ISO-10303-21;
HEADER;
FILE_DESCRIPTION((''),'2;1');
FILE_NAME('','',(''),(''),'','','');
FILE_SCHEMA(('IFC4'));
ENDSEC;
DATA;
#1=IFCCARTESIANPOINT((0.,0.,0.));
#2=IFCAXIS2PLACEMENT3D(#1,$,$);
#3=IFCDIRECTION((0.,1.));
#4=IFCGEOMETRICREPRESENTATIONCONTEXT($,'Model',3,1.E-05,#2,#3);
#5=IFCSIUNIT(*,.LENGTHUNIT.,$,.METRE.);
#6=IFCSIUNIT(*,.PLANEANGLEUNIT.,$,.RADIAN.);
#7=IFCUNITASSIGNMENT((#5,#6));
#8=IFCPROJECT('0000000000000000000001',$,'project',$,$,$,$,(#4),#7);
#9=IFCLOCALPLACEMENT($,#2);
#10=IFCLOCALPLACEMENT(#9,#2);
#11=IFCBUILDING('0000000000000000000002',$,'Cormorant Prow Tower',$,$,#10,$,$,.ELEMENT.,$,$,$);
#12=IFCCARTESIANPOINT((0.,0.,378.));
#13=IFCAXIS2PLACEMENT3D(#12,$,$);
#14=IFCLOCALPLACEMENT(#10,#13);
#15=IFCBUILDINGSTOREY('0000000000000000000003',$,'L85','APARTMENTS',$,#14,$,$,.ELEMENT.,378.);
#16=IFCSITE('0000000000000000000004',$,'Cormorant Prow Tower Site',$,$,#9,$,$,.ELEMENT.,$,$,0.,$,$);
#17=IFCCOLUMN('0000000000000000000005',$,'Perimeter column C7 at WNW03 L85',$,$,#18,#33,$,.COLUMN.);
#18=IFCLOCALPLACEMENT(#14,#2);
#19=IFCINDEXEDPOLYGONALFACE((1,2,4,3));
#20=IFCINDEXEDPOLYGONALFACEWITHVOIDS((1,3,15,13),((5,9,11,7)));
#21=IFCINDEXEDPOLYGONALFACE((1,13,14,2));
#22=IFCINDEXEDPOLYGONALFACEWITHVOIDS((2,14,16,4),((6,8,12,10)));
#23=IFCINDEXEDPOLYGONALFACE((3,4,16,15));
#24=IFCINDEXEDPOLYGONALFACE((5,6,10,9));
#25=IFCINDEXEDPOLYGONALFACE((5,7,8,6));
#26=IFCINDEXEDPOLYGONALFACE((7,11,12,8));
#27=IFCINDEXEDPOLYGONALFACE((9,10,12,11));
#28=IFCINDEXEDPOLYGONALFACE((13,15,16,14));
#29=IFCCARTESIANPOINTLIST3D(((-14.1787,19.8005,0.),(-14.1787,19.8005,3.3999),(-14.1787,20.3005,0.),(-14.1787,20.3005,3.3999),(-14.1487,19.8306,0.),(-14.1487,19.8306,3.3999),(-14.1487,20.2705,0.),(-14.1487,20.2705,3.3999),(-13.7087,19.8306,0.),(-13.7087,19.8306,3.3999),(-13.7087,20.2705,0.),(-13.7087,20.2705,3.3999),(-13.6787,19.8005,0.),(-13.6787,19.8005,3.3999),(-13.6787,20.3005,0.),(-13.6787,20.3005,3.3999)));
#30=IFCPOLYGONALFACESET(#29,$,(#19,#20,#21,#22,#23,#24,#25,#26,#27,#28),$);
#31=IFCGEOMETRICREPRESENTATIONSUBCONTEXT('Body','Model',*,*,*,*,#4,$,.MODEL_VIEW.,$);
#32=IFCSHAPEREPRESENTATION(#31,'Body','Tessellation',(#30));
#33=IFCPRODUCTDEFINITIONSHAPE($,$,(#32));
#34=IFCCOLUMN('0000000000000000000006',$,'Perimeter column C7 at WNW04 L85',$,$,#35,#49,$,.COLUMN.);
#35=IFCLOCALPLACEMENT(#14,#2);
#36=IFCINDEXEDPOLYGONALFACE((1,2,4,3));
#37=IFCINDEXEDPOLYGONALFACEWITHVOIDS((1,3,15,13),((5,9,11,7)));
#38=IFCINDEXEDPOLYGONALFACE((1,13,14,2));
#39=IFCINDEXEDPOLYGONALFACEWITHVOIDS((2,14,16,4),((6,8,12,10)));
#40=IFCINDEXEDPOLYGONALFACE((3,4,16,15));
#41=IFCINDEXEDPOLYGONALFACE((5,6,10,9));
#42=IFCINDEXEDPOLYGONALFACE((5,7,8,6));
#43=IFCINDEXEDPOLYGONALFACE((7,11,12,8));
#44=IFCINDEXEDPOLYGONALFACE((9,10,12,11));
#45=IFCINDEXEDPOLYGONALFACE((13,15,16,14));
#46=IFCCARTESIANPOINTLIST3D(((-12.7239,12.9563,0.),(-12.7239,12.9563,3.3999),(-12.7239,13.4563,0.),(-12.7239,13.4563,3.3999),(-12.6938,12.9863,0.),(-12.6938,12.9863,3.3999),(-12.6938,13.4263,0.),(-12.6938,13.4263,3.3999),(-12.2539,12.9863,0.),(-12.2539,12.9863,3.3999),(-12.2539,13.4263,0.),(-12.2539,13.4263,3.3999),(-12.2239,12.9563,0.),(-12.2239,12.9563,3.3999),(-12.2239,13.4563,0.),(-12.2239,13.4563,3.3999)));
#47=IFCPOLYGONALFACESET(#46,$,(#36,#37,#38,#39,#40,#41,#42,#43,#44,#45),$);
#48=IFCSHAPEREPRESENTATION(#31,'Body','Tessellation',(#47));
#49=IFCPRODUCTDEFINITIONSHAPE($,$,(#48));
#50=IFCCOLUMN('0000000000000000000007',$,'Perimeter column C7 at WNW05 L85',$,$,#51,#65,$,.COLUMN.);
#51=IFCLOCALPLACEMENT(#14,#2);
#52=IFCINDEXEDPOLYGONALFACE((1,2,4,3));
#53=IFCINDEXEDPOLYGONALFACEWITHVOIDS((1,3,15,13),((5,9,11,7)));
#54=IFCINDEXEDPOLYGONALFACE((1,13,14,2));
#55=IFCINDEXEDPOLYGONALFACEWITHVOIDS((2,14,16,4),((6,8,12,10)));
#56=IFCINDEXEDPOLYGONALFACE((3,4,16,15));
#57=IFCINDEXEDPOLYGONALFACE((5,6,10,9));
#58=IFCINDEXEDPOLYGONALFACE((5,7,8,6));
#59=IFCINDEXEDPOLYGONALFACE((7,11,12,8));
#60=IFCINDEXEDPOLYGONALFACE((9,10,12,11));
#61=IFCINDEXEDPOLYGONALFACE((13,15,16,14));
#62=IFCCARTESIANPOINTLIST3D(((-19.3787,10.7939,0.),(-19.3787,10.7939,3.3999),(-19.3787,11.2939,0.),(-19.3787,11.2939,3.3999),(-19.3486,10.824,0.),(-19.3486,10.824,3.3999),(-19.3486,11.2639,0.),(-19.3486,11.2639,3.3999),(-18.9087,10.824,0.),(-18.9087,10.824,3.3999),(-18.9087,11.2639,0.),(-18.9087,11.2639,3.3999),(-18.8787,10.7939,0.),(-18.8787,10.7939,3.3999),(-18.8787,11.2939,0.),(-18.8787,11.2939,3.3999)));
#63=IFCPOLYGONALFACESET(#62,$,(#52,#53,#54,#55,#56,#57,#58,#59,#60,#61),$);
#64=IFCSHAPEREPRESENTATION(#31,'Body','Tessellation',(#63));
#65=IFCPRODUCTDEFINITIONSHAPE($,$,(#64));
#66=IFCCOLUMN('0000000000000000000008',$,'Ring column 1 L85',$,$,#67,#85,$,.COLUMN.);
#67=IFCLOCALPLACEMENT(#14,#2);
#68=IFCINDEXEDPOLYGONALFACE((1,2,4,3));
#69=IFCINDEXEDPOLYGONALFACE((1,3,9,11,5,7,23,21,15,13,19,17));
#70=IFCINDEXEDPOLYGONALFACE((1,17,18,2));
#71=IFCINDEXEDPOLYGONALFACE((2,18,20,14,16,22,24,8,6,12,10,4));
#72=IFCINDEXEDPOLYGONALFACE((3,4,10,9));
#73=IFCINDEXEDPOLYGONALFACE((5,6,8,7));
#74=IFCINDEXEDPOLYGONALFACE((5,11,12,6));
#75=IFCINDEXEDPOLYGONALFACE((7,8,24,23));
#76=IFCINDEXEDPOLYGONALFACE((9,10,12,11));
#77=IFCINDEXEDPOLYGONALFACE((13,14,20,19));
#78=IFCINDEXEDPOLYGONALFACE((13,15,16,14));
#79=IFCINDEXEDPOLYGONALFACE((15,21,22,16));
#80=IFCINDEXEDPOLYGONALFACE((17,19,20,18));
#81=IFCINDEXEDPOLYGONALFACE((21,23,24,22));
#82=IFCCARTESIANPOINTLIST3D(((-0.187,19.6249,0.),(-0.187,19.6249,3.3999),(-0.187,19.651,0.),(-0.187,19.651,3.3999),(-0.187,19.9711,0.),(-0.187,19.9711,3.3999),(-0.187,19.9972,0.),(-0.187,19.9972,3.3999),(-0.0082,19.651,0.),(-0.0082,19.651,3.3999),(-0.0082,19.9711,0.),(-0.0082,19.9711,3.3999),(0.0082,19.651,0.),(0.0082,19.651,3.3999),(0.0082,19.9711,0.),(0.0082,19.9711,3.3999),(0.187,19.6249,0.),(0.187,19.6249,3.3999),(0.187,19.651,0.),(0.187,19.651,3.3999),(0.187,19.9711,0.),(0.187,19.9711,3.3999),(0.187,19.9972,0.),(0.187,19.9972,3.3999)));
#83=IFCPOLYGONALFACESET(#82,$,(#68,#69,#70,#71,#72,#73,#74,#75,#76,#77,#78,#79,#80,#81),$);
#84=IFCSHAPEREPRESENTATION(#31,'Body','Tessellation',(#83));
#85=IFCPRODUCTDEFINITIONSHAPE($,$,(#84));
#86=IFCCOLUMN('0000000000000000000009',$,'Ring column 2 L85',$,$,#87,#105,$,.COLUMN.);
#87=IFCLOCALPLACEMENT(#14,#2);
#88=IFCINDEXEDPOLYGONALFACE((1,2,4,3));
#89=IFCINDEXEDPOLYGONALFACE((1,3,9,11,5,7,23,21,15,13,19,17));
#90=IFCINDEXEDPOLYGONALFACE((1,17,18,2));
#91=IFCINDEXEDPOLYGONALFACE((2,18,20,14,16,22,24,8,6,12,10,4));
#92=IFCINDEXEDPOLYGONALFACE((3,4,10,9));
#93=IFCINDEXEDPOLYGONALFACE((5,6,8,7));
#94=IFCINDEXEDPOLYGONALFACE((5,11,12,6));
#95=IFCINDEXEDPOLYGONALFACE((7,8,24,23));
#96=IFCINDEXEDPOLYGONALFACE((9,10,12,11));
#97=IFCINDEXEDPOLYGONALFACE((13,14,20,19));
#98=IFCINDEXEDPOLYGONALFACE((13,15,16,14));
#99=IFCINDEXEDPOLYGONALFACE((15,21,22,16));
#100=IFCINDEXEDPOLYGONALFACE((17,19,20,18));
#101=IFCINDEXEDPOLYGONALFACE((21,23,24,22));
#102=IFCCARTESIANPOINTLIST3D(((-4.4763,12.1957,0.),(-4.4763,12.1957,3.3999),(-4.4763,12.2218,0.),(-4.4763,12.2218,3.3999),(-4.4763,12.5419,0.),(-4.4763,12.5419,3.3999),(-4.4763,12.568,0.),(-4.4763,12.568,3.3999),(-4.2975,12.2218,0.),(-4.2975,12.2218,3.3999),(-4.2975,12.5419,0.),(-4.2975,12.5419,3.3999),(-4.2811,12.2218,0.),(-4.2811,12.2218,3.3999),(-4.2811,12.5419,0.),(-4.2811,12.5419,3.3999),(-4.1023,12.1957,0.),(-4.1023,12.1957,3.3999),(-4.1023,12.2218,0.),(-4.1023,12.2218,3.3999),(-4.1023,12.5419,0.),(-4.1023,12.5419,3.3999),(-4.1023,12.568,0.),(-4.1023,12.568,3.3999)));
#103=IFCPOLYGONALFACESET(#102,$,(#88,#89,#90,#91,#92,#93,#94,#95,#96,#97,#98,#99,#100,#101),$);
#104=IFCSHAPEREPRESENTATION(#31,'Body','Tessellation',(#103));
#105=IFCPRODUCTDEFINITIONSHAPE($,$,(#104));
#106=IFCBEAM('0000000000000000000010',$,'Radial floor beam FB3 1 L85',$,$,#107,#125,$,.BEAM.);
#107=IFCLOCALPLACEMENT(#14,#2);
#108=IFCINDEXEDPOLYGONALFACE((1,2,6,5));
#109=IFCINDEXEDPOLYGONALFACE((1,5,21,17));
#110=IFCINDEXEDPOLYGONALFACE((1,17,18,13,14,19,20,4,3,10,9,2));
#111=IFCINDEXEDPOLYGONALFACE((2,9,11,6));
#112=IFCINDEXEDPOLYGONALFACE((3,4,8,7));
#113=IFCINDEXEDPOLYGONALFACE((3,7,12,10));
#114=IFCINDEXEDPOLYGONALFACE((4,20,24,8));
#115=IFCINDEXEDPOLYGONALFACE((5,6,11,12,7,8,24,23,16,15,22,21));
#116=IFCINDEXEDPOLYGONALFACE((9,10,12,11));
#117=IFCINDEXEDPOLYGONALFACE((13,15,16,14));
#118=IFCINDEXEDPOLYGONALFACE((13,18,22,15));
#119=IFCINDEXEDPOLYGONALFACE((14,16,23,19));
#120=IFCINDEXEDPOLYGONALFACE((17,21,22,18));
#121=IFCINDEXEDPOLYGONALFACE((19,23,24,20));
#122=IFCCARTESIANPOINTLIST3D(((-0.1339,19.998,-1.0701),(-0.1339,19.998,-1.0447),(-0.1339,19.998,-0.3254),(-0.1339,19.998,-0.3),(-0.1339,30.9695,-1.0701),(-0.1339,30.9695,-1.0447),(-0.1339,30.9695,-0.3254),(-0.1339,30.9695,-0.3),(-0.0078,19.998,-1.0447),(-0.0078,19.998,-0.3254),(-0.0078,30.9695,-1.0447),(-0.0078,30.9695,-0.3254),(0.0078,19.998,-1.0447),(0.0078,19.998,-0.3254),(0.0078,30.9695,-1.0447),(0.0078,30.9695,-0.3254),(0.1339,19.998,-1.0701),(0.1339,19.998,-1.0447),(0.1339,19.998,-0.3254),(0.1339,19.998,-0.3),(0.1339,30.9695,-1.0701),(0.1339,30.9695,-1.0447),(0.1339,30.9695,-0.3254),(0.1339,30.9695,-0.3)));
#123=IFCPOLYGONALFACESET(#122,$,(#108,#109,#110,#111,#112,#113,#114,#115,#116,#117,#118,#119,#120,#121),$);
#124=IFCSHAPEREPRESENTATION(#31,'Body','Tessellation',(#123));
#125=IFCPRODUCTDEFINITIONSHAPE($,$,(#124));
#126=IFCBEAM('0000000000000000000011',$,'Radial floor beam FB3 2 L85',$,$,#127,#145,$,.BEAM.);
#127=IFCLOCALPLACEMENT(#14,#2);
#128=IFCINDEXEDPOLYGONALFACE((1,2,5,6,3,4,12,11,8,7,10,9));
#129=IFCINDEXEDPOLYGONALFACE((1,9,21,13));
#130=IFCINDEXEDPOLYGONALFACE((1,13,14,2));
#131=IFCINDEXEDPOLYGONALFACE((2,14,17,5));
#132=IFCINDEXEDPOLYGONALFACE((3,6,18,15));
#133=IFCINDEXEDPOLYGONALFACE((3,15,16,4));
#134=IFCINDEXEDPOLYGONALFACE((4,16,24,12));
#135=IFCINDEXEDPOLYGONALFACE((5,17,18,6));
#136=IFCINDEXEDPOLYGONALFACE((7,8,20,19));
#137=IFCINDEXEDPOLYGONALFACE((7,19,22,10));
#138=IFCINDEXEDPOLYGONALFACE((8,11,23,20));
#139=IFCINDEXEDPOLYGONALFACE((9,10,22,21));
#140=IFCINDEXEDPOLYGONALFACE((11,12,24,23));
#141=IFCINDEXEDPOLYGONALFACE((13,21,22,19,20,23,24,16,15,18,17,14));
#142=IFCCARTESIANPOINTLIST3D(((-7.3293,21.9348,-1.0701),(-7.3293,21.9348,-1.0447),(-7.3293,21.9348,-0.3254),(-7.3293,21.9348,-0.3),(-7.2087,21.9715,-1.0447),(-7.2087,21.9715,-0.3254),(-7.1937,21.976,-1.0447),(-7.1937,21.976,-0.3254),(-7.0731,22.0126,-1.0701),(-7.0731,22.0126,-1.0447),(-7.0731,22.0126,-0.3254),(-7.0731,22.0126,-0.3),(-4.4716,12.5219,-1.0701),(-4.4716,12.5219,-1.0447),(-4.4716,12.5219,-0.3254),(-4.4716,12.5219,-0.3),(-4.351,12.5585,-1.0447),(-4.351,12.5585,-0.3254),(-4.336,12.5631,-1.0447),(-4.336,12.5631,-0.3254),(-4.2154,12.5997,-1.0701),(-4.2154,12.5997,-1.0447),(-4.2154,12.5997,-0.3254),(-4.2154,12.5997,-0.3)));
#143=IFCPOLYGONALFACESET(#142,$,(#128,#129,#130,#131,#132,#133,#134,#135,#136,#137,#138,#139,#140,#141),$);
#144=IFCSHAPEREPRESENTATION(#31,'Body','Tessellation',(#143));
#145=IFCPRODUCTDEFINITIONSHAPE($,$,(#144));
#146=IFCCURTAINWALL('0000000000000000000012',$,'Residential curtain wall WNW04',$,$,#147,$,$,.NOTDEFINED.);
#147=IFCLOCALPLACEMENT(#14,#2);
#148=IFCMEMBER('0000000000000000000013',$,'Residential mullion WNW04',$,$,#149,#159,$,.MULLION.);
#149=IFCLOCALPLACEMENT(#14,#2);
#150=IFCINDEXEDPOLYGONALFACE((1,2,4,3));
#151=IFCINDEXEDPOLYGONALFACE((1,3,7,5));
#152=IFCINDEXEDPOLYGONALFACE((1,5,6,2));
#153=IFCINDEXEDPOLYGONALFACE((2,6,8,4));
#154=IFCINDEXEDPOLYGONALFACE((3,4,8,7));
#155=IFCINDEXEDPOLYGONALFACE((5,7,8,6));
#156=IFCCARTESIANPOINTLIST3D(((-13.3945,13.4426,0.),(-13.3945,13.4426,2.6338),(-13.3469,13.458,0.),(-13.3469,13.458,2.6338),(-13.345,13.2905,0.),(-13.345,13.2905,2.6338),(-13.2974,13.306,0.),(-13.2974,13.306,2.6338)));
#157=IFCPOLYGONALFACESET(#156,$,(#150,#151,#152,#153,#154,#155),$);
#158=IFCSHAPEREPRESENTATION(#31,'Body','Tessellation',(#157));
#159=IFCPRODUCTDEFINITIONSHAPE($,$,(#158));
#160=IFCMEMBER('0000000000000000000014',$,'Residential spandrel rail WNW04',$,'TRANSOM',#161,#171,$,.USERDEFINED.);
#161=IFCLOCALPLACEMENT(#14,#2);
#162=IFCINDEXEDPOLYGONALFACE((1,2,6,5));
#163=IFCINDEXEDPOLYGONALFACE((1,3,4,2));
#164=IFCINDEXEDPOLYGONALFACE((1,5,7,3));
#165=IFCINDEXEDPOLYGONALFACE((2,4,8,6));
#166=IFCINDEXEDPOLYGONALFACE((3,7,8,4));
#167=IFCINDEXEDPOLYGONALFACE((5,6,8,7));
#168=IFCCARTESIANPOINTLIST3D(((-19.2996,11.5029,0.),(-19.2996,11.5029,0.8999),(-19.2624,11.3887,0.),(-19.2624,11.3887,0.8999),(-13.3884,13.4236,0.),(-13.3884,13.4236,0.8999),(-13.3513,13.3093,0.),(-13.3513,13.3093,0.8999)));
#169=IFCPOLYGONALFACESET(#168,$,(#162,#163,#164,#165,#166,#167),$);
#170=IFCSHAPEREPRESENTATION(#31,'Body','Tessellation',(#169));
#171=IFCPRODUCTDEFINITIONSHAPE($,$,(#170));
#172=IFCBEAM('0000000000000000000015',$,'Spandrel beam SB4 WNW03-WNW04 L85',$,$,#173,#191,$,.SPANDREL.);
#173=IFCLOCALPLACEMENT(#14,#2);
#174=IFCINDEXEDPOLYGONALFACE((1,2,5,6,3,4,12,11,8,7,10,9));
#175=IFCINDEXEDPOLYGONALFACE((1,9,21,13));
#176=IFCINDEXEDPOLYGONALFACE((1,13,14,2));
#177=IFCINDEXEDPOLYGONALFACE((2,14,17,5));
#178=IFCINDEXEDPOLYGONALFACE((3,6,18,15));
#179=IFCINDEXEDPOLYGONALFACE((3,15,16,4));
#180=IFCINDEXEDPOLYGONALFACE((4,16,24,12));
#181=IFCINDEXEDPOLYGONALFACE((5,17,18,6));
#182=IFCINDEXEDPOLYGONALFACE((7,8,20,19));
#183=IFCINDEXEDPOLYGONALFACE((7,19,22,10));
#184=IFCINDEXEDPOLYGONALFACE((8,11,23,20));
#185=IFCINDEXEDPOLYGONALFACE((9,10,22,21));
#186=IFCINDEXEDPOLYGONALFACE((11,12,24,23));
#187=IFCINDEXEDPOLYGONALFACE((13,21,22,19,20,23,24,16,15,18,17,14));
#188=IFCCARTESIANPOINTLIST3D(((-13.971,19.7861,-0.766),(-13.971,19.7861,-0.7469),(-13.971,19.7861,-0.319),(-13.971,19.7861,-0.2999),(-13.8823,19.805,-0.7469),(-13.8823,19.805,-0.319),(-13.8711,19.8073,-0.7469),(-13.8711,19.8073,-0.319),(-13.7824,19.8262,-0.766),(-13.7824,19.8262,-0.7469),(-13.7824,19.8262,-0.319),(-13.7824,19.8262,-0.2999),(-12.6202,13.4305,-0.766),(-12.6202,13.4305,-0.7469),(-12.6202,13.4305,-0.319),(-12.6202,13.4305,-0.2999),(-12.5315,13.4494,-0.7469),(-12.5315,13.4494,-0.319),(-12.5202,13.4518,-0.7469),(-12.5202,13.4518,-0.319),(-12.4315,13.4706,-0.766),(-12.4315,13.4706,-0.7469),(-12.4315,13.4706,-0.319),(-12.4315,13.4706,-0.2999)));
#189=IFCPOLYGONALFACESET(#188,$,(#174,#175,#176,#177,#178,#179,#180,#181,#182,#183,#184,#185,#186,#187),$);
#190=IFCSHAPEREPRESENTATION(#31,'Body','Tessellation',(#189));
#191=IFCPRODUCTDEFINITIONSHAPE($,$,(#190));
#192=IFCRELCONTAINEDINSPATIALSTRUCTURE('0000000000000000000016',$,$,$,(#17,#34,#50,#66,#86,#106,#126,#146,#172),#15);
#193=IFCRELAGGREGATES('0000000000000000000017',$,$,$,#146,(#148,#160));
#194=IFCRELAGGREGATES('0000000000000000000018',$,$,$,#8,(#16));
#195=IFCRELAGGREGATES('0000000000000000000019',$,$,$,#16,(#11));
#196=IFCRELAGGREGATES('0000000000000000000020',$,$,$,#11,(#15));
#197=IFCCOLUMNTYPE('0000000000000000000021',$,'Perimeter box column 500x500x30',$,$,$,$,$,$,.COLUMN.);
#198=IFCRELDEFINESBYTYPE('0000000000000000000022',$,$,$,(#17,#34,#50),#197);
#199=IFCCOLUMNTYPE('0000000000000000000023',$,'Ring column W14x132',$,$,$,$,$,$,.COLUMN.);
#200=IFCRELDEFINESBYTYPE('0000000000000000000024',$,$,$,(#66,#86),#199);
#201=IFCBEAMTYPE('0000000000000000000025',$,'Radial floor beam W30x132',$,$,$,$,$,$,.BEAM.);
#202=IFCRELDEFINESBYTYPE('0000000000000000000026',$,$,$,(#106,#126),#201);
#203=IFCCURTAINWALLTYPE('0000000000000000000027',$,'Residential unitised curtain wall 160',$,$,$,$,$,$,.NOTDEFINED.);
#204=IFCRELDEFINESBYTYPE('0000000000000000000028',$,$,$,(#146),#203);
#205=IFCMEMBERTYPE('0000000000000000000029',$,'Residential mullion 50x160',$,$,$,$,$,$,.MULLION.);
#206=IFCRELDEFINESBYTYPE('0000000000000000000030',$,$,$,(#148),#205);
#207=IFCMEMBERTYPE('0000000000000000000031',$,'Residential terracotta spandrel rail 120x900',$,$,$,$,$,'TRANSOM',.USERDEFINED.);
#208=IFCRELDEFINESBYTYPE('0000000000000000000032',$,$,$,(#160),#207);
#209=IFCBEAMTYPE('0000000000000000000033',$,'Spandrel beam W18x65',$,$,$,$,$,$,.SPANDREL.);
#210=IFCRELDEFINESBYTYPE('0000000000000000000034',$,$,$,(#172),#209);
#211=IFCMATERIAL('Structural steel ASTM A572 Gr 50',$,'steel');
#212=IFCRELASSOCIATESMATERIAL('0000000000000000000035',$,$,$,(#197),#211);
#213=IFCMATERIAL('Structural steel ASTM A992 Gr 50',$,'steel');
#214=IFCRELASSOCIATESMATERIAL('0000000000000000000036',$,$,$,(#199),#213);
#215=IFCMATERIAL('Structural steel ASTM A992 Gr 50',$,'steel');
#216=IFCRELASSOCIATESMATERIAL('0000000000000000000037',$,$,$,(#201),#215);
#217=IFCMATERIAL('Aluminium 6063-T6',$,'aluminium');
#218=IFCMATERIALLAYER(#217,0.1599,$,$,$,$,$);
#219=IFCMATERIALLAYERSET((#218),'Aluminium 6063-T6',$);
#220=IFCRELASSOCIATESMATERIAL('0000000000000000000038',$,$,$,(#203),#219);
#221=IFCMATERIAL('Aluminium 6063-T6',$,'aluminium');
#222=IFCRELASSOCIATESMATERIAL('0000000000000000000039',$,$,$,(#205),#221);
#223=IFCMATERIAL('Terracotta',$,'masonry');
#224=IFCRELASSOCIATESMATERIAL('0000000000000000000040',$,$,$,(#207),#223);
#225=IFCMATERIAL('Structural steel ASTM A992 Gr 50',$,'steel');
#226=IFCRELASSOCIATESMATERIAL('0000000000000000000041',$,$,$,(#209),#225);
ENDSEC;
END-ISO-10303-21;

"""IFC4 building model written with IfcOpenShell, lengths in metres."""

from ifc_helpers import new_model, si_unit, direction, frame, origin, origin_2d, place, context, subcontext, project, spatial, rectangle, hollow_rectangle, i_section, extrude, material, layer, layer_set, material_profile, profile_set, type_object, element, aggregate, save


model = new_model("IFC4")

# Units and contexts
model_context = context("Model", 3, precision=1e-05, world=origin(), true_north=direction((0.0, 1.0)))
body_context = subcontext(model_context, "Body", "Model", "MODEL_VIEW")
ifc_project = project(units=[si_unit("LENGTHUNIT", "METRE"), si_unit("PLANEANGLEUNIT", "RADIAN")], contexts=[model_context])

# Site, building, storey
site_placement = place(None, origin())
site = spatial("IfcSite", under=ifc_project, at=site_placement, Name="Cormorant Prow Tower Site", CompositionType="ELEMENT", RefElevation=0.0)
building_placement = place(site_placement, origin())
building = spatial("IfcBuilding", under=site, at=building_placement, Name="Cormorant Prow Tower", CompositionType="ELEMENT")
storey_placement = place(building_placement, frame((0.0, 0.0, 378.0)))
storey = spatial("IfcBuildingStorey", under=building, at=storey_placement, Name="L85", Description="APARTMENTS", CompositionType="ELEMENT", Elevation=378.0)

# Columns
ifc_material_1 = material(Name="Structural steel ASTM A572 Gr 50", Category="steel")
ifc_material_profile_1 = material_profile(ifc_material_1, hollow_rectangle(XDim=0.5, YDim=0.5, WallThickness=0.03, at=origin_2d()), Name="Box 500x500x30")
ifc_profile_set_1 = profile_set([ifc_material_profile_1], Name="Structural steel ASTM A572 Gr 50")
column_type_1 = type_object("IfcColumnType", Name="Perimeter box column 500x500x30", PredefinedType="COLUMN", material=ifc_profile_set_1)
for number, where, z_axis, x_axis, name in (
    (1, (-13.9287, 20.0505, 0.0), (0.0, 0.0, 1.0), (1.0, 0.0, 0.0), "Perimeter column C7 at WNW03 L85"),
    (2, (-12.4739, 13.2063, 0.0), (0.0, 0.0, 1.0), (1.0, 0.0, 0.0), "Perimeter column C7 at WNW04 L85"),
    (3, (-19.1287, 11.0439, 0.0), (0.0, 0.0, 1.0), (1.0, 0.0, 0.0), "Perimeter column C7 at WNW05 L85"),
):
    element("IfcColumn", number, at=place(storey_placement, frame(where, z_axis=z_axis, x_axis=x_axis)), inside=storey, type_object=column_type_1, Name=name, PredefinedType="COLUMN", context=body_context, shape_type="SweptSolid", body=[
        extrude(hollow_rectangle(XDim=0.5, YDim=0.5, WallThickness=0.03, at=origin_2d()), origin(), (0.0, 0.0, 1.0), 3.3999),
    ])
ifc_material_2 = material(Name="Structural steel ASTM A992 Gr 50", Category="steel")
ifc_material_profile_2 = material_profile(ifc_material_2, i_section(OverallWidth=0.374, OverallDepth=0.3723, WebThickness=0.0164, FlangeThickness=0.0261, at=origin_2d()), Name="W14x132")
ifc_profile_set_2 = profile_set([ifc_material_profile_2], Name="Structural steel ASTM A992 Gr 50")
column_type_2 = type_object("IfcColumnType", Name="Ring column W14x132", PredefinedType="COLUMN", material=ifc_profile_set_2)
for number, where, z_axis, x_axis, name in (
    (4, (0.0, 19.811, 0.0), (0.0, 0.0, 1.0), (1.0, 0.0, 0.0), "Ring column 1 L85"),
    (5, (-4.2893, 12.3818, 0.0), (0.0, 0.0, 1.0), (1.0, 0.0, 0.0), "Ring column 2 L85"),
):
    element("IfcColumn", number, at=place(storey_placement, frame(where, z_axis=z_axis, x_axis=x_axis)), inside=storey, type_object=column_type_2, Name=name, PredefinedType="COLUMN", context=body_context, shape_type="SweptSolid", body=[
        extrude(i_section(OverallWidth=0.374, OverallDepth=0.3723, WebThickness=0.0164, FlangeThickness=0.0261, at=origin_2d()), origin(), (0.0, 0.0, 1.0), 3.3999),
    ])

# Beams
ifc_material_3 = material(Name="Structural steel ASTM A992 Gr 50", Category="steel")
ifc_material_profile_3 = material_profile(ifc_material_3, i_section(OverallWidth=0.2678, OverallDepth=0.77, WebThickness=0.0156, FlangeThickness=0.0254, at=origin_2d()), Name="W30x132")
ifc_profile_set_3 = profile_set([ifc_material_profile_3], Name="Structural steel ASTM A992 Gr 50")
beam_type_1 = type_object("IfcBeamType", Name="Radial floor beam W30x132", PredefinedType="BEAM", material=ifc_profile_set_3)
beam_1_placement = place(storey_placement, frame((0.0, 19.998, -0.6851), z_axis=(0.0, 1.0, 0.0), x_axis=(-1.0, 0.0, 0.0)))
element("IfcBeam", 6, at=beam_1_placement, inside=storey, type_object=beam_type_1, Name="Radial floor beam FB3 1 L85", PredefinedType="BEAM", context=body_context, shape_type="SweptSolid", body=[
    extrude(i_section(OverallWidth=0.2678, OverallDepth=0.77, WebThickness=0.0156, FlangeThickness=0.0254, at=origin_2d()), origin(), (0.0, 0.0, 1.0), 10.9714),
])
beam_2_placement = place(storey_placement, frame((-4.3435, 12.5608, -0.6851), z_axis=(-0.2905, 0.956875, 0.0), x_axis=(-0.956875, -0.2905, 0.0)))
element("IfcBeam", 7, at=beam_2_placement, inside=storey, type_object=beam_type_1, Name="Radial floor beam FB3 2 L85", PredefinedType="BEAM", context=body_context, shape_type="SweptSolid", body=[
    extrude(i_section(OverallWidth=0.2678, OverallDepth=0.77, WebThickness=0.0156, FlangeThickness=0.0254, at=origin_2d()), origin(), (0.0, 0.0, 1.0), 9.8372),
])

# Curtain wall, members
ifc_material_4 = material(Name="Aluminium 6063-T6", Category="aluminium")
ifc_layer_1 = layer(ifc_material_4, 0.1599)
ifc_layer_set_1 = layer_set([ifc_layer_1], Name="Aluminium 6063-T6")
curtain_wall_type = type_object("IfcCurtainWallType", Name="Residential unitised curtain wall 160", PredefinedType="NOTDEFINED", material=ifc_layer_set_1)
curtain_wall_placement = place(storey_placement, origin())
curtain_wall = element("IfcCurtainWall", 8, at=curtain_wall_placement, inside=storey, type_object=curtain_wall_type, Name="Residential curtain wall WNW04", PredefinedType="NOTDEFINED")
ifc_material_5 = material(Name="Aluminium 6063-T6", Category="aluminium")
ifc_material_profile_4 = material_profile(ifc_material_5, rectangle(XDim=0.1599, YDim=0.05, at=origin_2d()), Name="Residential mullion 50x160")
ifc_profile_set_4 = profile_set([ifc_material_profile_4], Name="Aluminium 6063-T6")
member_type_1 = type_object("IfcMemberType", Name="Residential mullion 50x160", PredefinedType="MULLION", material=ifc_profile_set_4)
member_1_placement = place(storey_placement, frame((-13.3459, 13.3743, 0.0), z_axis=(0.0, 0.0, 1.0), x_axis=(0.309017, -0.951057, 0.0)))
member_1 = element("IfcMember", 9, at=member_1_placement, type_object=member_type_1, Name="Residential mullion WNW04", PredefinedType="MULLION", context=body_context, shape_type="SweptSolid", body=[
    extrude(rectangle(XDim=0.1599, YDim=0.05, at=origin_2d()), origin(), (0.0, 0.0, 1.0), 2.6338),
])
ifc_material_6 = material(Name="Terracotta", Category="masonry")
ifc_material_profile_5 = material_profile(ifc_material_6, rectangle(XDim=0.1201, YDim=0.8999, at=origin_2d()), Name="Residential terracotta spandrel rail 120x900")
ifc_profile_set_5 = profile_set([ifc_material_profile_5], Name="Terracotta")
member_type_2 = type_object("IfcMemberType", Name="Residential terracotta spandrel rail 120x900", ElementType="TRANSOM", PredefinedType="USERDEFINED", material=ifc_profile_set_5)
member_2_placement = place(storey_placement, frame((-13.3699, 13.3665, 0.45), z_axis=(-0.951056, -0.309019, 0.0), x_axis=(0.309019, -0.951056, 0.0)))
member_2 = element("IfcMember", 10, at=member_2_placement, type_object=member_type_2, Name="Residential spandrel rail WNW04", ObjectType="TRANSOM", PredefinedType="USERDEFINED", context=body_context, shape_type="SweptSolid", body=[
    extrude(rectangle(XDim=0.1201, YDim=0.8999, at=origin_2d()), origin(), (0.0, 0.0, 1.0), 6.2153),
])

# Beam
ifc_material_7 = material(Name="Structural steel ASTM A992 Gr 50", Category="steel")
ifc_material_profile_6 = material_profile(ifc_material_7, i_section(OverallWidth=0.1929, OverallDepth=0.4661, WebThickness=0.0115, FlangeThickness=0.019, at=origin_2d()), Name="W18x65")
ifc_profile_set_6 = profile_set([ifc_material_profile_6], Name="Structural steel ASTM A992 Gr 50")
beam_type_2 = type_object("IfcBeamType", Name="Spandrel beam W18x65", PredefinedType="SPANDREL", material=ifc_profile_set_6)
beam_3_placement = place(storey_placement, frame((-13.8767, 19.8062, -0.533), z_axis=(0.207902, -0.97815, 0.0), x_axis=(0.97815, 0.207902, 0.0)))
element("IfcBeam", 11, at=beam_3_placement, inside=storey, type_object=beam_type_2, Name="Spandrel beam SB4 WNW03-WNW04 L85", PredefinedType="SPANDREL", context=body_context, shape_type="SweptSolid", body=[
    extrude(i_section(OverallWidth=0.1929, OverallDepth=0.4661, WebThickness=0.0115, FlangeThickness=0.019, at=origin_2d()), origin(), (0.0, 0.0, 1.0), 6.4976),
])

aggregate(curtain_wall, [member_1, member_2])

save(model, "model.ifc")
